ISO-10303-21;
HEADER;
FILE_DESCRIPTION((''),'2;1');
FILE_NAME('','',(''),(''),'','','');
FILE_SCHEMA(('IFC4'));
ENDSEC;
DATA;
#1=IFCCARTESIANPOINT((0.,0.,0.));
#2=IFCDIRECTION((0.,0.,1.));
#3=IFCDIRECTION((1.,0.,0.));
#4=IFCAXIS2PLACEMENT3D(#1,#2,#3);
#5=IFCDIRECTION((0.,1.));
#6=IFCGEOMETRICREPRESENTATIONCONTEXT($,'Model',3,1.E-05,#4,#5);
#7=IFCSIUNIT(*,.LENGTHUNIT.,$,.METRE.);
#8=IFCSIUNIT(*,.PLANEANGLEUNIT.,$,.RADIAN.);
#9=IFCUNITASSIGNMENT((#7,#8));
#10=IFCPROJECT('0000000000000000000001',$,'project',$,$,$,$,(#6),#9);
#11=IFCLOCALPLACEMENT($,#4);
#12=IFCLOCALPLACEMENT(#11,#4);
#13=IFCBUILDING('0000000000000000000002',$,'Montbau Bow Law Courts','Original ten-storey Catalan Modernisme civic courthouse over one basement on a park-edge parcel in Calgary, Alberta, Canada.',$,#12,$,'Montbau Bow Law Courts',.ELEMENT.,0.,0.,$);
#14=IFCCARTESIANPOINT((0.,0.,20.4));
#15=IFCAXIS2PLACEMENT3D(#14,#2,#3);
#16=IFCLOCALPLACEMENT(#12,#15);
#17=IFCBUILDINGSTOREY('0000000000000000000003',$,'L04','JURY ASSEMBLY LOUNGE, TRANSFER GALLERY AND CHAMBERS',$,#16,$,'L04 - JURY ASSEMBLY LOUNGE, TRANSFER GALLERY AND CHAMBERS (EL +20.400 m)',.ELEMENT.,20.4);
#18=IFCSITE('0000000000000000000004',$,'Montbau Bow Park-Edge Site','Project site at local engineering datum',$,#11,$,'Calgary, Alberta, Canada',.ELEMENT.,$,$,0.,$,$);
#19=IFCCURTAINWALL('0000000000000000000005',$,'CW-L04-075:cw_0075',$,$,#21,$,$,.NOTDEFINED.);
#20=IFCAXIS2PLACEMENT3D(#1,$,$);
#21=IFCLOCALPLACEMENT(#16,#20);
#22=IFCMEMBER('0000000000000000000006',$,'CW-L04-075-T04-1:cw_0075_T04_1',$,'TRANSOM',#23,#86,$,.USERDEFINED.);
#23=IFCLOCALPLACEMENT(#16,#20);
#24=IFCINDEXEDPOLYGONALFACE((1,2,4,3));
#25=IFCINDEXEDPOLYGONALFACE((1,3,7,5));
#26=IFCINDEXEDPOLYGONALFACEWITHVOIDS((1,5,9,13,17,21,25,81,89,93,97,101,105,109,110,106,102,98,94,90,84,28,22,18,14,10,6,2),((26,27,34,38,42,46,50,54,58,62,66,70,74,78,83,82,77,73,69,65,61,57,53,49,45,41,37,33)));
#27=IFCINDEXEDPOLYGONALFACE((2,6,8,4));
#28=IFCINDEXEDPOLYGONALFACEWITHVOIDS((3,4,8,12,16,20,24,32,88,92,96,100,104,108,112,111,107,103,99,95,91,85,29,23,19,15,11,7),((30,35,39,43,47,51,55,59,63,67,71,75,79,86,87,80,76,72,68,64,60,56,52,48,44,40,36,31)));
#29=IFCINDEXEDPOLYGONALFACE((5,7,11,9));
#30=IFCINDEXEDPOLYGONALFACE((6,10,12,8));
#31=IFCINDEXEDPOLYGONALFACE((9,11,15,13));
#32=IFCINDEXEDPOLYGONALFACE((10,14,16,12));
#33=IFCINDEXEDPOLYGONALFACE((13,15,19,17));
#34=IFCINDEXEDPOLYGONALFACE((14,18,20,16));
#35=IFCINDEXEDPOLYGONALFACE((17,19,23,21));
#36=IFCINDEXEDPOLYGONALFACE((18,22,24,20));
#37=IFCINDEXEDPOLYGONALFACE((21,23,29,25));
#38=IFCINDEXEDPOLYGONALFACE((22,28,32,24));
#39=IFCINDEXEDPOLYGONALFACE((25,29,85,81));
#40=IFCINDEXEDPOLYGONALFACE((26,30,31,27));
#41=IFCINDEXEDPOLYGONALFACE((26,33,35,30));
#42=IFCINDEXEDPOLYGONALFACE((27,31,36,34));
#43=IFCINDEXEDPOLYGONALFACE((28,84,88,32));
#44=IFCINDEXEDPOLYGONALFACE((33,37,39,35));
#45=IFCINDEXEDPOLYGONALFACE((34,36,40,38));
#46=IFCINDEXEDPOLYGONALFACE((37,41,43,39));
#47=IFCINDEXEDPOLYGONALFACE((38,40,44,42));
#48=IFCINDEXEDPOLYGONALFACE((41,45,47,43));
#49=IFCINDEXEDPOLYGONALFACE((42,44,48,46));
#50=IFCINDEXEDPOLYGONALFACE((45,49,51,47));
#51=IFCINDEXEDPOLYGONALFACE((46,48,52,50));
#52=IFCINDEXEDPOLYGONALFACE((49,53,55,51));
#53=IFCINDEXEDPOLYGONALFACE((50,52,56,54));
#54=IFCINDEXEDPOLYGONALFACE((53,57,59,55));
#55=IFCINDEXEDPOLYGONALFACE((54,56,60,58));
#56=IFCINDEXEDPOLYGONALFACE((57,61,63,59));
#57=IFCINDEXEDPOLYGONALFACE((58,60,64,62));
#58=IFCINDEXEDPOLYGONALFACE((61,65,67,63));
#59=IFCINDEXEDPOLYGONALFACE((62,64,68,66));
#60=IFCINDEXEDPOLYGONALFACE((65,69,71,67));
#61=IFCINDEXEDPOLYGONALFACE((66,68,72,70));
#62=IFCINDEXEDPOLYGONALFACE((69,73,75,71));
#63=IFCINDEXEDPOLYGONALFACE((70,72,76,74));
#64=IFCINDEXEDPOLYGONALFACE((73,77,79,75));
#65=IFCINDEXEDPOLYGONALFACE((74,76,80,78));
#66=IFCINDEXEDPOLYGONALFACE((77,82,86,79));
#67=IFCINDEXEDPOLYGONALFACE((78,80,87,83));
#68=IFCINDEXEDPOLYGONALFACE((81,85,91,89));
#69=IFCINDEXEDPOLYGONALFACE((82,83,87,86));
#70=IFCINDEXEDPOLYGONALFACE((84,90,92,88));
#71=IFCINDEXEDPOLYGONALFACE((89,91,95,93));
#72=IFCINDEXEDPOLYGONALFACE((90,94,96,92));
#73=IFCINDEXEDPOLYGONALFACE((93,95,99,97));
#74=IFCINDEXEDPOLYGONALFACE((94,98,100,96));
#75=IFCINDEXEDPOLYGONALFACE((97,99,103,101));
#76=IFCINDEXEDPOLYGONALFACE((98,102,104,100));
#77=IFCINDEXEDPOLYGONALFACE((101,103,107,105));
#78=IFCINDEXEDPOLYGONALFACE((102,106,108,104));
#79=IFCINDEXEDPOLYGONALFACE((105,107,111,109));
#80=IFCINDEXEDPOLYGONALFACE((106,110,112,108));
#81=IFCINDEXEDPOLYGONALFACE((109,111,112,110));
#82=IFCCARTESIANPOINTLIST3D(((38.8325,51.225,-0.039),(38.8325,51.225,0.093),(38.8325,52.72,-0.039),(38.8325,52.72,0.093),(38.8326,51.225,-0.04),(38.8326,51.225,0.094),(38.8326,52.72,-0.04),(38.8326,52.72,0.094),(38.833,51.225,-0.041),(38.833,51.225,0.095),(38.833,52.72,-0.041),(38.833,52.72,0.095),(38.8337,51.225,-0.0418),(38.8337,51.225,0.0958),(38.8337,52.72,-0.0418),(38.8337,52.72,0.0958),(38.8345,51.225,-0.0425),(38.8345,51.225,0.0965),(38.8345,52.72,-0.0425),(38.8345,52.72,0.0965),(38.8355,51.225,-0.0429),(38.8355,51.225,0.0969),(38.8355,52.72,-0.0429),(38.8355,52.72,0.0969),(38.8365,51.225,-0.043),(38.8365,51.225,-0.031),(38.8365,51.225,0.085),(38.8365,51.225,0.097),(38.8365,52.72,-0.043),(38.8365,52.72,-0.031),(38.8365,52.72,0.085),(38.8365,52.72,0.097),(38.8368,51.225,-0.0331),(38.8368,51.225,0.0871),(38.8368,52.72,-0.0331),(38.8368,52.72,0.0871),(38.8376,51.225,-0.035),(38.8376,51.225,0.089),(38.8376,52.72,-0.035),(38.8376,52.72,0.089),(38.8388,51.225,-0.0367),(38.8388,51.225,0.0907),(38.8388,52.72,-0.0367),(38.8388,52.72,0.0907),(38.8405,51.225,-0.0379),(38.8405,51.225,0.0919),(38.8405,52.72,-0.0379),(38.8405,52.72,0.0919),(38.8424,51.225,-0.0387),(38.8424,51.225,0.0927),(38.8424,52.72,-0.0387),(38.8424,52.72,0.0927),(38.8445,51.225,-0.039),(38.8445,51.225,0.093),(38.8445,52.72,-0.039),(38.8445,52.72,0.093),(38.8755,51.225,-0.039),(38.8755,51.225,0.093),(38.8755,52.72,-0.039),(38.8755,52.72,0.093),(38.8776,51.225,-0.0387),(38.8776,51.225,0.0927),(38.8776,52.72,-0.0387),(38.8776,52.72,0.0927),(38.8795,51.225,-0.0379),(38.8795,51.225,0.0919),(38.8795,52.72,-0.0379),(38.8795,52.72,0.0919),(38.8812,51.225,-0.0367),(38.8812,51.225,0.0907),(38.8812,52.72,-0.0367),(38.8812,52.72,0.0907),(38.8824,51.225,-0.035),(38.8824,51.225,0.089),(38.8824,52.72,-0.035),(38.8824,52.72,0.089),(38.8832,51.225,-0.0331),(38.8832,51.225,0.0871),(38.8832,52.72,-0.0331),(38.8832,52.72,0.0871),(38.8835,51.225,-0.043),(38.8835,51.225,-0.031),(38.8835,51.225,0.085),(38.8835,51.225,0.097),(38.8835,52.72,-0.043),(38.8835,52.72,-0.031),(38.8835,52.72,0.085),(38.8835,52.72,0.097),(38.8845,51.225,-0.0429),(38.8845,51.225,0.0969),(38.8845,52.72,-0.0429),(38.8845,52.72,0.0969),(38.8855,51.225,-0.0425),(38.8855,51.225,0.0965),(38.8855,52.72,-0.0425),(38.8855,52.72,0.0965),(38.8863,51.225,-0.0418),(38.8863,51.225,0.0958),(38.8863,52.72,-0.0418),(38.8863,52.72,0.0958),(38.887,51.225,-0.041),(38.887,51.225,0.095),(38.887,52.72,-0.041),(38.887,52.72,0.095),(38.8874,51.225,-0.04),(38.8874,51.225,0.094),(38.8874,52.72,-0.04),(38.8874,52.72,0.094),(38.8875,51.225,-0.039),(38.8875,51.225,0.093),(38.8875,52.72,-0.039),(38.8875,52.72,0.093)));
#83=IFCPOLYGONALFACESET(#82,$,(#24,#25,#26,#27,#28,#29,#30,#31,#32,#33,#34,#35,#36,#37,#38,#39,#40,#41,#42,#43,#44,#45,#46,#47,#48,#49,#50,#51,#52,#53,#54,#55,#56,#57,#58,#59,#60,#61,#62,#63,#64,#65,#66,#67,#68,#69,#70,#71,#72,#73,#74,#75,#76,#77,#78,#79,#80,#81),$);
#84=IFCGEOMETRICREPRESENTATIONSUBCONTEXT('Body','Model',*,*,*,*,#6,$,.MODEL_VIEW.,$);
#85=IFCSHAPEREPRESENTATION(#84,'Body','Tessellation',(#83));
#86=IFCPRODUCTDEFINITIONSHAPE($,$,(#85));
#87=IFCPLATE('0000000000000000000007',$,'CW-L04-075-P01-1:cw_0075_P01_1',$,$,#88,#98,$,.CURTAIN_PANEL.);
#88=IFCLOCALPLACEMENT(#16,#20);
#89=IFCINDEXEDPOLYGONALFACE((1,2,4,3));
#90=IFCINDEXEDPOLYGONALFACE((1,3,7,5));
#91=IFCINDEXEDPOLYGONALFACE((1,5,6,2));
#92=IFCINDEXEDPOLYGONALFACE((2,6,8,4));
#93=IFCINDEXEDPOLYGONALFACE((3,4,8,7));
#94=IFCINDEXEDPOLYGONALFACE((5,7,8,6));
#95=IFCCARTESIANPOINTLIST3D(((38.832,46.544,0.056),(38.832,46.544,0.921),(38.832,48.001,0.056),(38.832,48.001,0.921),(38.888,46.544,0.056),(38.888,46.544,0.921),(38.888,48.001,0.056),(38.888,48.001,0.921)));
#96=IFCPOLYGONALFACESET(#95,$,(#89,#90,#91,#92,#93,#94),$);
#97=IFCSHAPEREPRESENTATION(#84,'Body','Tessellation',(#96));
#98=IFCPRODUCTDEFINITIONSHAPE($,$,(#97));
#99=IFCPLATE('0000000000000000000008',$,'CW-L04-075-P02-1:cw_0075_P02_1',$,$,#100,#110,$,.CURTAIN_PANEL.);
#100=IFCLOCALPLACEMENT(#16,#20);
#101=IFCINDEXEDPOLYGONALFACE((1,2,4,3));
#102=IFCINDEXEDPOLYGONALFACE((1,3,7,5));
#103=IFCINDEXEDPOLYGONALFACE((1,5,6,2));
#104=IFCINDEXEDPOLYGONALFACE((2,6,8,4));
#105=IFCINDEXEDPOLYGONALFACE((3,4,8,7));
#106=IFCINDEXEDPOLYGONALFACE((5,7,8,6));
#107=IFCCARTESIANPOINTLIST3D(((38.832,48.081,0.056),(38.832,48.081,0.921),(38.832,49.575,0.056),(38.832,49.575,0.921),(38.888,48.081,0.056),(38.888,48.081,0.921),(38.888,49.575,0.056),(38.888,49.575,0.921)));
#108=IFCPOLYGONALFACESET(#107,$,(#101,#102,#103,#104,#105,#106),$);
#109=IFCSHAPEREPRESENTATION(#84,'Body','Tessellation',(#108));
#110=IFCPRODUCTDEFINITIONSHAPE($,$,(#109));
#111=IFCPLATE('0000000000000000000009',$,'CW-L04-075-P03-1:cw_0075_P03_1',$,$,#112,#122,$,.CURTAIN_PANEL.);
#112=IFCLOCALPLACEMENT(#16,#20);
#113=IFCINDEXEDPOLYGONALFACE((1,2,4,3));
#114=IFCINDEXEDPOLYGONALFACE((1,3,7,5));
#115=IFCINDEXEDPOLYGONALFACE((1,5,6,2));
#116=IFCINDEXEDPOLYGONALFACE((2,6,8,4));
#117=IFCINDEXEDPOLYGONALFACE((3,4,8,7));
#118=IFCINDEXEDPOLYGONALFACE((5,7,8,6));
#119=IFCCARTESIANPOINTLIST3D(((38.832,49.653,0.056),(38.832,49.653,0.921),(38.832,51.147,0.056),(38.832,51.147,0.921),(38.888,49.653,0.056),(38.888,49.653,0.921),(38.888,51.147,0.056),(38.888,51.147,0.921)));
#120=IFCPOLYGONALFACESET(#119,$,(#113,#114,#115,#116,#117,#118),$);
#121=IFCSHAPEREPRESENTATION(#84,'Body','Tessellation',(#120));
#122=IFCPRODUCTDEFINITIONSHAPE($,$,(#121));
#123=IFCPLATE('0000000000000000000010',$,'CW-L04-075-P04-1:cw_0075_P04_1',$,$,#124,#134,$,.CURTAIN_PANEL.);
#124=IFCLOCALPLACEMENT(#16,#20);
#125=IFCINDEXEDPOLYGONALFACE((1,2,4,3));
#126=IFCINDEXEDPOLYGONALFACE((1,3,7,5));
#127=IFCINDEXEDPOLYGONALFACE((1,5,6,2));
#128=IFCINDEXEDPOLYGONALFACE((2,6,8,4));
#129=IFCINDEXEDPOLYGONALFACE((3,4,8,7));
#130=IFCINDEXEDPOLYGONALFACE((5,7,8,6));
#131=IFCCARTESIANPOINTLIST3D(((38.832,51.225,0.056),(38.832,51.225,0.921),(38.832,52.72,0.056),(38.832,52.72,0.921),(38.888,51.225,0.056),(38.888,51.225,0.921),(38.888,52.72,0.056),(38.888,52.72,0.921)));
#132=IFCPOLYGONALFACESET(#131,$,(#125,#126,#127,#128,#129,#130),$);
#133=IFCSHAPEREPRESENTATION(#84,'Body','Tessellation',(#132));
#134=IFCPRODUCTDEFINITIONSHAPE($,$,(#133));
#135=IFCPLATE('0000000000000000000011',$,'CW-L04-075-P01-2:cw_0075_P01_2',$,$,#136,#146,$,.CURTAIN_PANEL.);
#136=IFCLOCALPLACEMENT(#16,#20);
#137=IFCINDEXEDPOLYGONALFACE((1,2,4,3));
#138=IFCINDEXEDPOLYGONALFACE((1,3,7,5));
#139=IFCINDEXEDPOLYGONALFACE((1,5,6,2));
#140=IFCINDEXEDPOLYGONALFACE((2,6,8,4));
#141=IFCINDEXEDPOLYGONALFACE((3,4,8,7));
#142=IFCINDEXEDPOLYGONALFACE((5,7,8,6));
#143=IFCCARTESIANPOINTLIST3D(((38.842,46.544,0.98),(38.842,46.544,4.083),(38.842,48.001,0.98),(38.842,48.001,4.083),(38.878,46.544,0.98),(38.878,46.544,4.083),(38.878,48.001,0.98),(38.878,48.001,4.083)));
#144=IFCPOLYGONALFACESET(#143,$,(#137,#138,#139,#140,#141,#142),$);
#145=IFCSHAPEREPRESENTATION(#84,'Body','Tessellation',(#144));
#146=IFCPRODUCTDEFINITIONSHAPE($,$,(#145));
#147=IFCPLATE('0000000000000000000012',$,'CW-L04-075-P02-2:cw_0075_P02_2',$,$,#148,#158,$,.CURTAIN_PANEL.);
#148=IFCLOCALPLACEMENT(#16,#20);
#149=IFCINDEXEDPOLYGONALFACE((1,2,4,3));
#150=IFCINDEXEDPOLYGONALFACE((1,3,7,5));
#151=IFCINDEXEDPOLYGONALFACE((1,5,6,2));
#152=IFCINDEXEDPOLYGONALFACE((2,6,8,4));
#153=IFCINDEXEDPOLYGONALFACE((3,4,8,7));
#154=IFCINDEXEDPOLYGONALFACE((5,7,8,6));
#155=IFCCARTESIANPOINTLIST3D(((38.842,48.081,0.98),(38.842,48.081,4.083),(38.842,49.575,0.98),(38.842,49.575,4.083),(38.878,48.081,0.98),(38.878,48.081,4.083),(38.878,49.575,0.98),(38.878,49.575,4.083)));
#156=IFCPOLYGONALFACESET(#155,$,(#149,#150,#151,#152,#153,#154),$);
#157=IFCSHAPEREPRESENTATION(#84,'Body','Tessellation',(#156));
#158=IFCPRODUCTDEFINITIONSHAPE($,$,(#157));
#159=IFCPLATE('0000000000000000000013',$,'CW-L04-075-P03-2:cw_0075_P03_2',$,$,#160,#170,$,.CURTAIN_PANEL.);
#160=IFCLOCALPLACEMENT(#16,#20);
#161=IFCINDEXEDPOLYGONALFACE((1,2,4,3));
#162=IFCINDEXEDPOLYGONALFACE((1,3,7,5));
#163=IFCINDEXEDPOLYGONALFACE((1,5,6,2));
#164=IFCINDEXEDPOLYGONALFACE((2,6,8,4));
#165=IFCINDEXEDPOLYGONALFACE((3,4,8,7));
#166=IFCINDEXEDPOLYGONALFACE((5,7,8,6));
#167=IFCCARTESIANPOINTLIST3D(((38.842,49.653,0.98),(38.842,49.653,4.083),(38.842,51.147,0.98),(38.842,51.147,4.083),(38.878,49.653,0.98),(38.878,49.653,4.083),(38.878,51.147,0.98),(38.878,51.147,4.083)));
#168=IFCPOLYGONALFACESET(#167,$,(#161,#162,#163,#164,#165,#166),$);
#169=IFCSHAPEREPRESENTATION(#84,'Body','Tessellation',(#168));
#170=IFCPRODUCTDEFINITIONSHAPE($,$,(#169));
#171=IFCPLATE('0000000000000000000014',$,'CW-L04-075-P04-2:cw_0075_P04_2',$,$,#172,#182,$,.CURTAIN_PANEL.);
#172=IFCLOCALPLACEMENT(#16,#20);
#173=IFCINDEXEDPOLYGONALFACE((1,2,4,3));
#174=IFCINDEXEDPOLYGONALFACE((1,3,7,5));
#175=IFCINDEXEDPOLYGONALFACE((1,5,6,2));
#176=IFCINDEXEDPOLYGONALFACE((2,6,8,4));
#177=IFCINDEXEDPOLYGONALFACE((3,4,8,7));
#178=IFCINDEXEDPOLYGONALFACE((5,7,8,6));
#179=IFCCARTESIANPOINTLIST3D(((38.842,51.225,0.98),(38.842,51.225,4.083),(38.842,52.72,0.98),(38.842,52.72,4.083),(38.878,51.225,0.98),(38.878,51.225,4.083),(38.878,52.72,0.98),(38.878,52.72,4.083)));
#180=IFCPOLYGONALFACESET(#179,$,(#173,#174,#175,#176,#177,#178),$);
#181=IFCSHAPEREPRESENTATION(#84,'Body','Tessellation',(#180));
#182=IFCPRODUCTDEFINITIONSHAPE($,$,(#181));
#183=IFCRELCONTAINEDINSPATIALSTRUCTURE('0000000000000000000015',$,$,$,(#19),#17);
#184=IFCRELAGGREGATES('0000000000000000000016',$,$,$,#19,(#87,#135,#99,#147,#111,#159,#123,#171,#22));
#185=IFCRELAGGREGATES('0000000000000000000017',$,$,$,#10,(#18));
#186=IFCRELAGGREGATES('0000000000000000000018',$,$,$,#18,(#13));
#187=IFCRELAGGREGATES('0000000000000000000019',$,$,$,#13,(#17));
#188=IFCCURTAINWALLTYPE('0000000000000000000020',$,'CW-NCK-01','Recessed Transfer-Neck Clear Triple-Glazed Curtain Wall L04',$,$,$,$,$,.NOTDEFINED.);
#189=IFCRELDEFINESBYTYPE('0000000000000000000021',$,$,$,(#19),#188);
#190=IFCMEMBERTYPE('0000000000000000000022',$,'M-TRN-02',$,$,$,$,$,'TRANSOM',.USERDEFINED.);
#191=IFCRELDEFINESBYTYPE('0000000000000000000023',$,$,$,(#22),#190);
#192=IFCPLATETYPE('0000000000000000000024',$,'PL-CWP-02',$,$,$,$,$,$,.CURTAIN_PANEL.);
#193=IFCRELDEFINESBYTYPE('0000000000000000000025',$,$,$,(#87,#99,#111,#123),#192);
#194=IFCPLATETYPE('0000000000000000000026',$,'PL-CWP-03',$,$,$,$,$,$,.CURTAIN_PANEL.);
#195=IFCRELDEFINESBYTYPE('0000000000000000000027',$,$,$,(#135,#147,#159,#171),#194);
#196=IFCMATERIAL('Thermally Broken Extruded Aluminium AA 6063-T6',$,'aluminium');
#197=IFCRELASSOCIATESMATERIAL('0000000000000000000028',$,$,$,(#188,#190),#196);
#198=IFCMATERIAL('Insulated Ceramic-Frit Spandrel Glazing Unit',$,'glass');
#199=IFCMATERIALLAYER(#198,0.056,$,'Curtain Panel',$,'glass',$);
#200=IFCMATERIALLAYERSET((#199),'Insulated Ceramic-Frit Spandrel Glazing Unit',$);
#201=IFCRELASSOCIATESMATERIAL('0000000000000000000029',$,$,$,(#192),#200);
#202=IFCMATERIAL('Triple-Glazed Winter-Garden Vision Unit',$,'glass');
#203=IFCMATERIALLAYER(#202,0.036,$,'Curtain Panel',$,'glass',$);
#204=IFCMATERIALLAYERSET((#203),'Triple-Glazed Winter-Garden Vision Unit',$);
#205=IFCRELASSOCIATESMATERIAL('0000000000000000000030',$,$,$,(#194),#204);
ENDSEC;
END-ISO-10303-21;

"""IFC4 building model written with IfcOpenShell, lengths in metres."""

from ifc_helpers import new_model, si_unit, direction, frame, frame_2d, origin_with_axes, origin_2d_with_axis, place, context, subcontext, project, spatial, rectangle, hollow_rectangle, extrude, material, layer, layer_set, material_profile, profile_set, type_object, element, aggregate, save


model = new_model("IFC4")

# Units and contexts
model_context = context("Model", 3, precision=1e-05, world=origin_with_axes(), true_north=direction((0.0, 1.0)))
body_context = subcontext(model_context, "Body", "Model", "MODEL_VIEW")
ifc_project = project(units=[si_unit("LENGTHUNIT", "METRE"), si_unit("PLANEANGLEUNIT", "RADIAN")], contexts=[model_context])

# Site, building, storey
site_placement = place(None, origin_with_axes())
site = spatial("IfcSite", under=ifc_project, at=site_placement, Name="Montbau Bow Park-Edge Site", Description="Project site at local engineering datum", LongName="Calgary, Alberta, Canada", CompositionType="ELEMENT", RefElevation=0.0)
building_placement = place(site_placement, origin_with_axes())
building = spatial("IfcBuilding", under=site, at=building_placement, Name="Montbau Bow Law Courts", Description="Original ten-storey Catalan Modernisme civic courthouse over one basement on a park-edge parcel in Calgary, Alberta, Canada.", LongName="Montbau Bow Law Courts", CompositionType="ELEMENT", ElevationOfRefHeight=0.0, ElevationOfTerrain=0.0)
storey_placement = place(building_placement, frame((0.0, 0.0, 20.4), z_axis=(0.0, 0.0, 1.0), x_axis=(1.0, 0.0, 0.0)))
storey = spatial("IfcBuildingStorey", under=building, at=storey_placement, Name="L04", Description="JURY ASSEMBLY LOUNGE, TRANSFER GALLERY AND CHAMBERS", LongName="L04 - JURY ASSEMBLY LOUNGE, TRANSFER GALLERY AND CHAMBERS (EL +20.400 m)", CompositionType="ELEMENT", Elevation=20.4)

# Curtain wall
ifc_material_1 = material(Name="Thermally Broken Extruded Aluminium AA 6063-T6", Category="aluminium")
curtain_wall_type = type_object("IfcCurtainWallType", Name="CW-NCK-01", Description="Recessed Transfer-Neck Clear Triple-Glazed Curtain Wall L04", PredefinedType="NOTDEFINED", material=ifc_material_1)
curtain_wall_1_placement = place(None, frame((38.86, 46.468, 20.4), z_axis=(0.0, 0.0, 1.0), x_axis=(1.0, 0.0, 0.0)))
curtain_wall_1 = element("IfcCurtainWall", 1, at=curtain_wall_1_placement, inside=storey, type_object=curtain_wall_type, Name="CW-L04-075:cw_0075", PredefinedType="NOTDEFINED")

# Member
ifc_material_profile_1 = material_profile(ifc_material_1, hollow_rectangle(XDim=0.055, YDim=0.14, WallThickness=0.004, InnerFilletRadius=0.008, OuterFilletRadius=0.004, at=origin_2d_with_axis()), Name="CWT-140X55", Category="Main", Priority=0)
ifc_profile_set_1 = profile_set([ifc_material_profile_1], Name="Thermally Broken Extruded Aluminium AA 6063-T6")
member_type_1 = type_object("IfcMemberType", Name="M-TRN-02", ElementType="TRANSOM", PredefinedType="USERDEFINED", material=ifc_profile_set_1)
member_1_placement = place(None, frame((38.86, 51.225, 20.427), z_axis=(0.0, 1.0, 0.0), x_axis=(-1.0, 0.0, 0.0)))
member_1 = element("IfcMember", 2, at=member_1_placement, type_object=member_type_1, Name="CW-L04-075-T04-1:cw_0075_T04_1", ObjectType="TRANSOM", PredefinedType="USERDEFINED", context=body_context, shape_type="SweptSolid", body=[
    extrude(hollow_rectangle(XDim=0.055, YDim=0.14, WallThickness=0.004, InnerFilletRadius=0.008, OuterFilletRadius=0.004, at=origin_2d_with_axis()), origin_with_axes(), (0.0, 0.0, 1.0), 1.495),
])

# Plates
ifc_material_2 = material(Name="Insulated Ceramic-Frit Spandrel Glazing Unit", Category="glass")
ifc_layer_1 = layer(ifc_material_2, 0.056, Name="Curtain Panel", Category="glass")
ifc_layer_set_1 = layer_set([ifc_layer_1], Name="Insulated Ceramic-Frit Spandrel Glazing Unit")
plate_type_1 = type_object("IfcPlateType", Name="PL-CWP-02", PredefinedType="CURTAIN_PANEL", material=ifc_layer_set_1)
plate_1_placement = place(None, frame((38.86, 46.544, 20.456), z_axis=(1.0, 0.0, 0.0), x_axis=(0.0, 1.0, 0.0)))
plate_1 = element("IfcPlate", 3, at=plate_1_placement, type_object=plate_type_1, Name="CW-L04-075-P01-1:cw_0075_P01_1", PredefinedType="CURTAIN_PANEL", context=body_context, shape_type="SweptSolid", body=[
    extrude(rectangle(XDim=1.457, YDim=0.865, at=frame_2d((0.7285, 0.4325), x_axis=(1.0, 0.0))), frame((0.0, 0.0, -0.028), z_axis=(0.0, 0.0, 1.0), x_axis=(1.0, 0.0, 0.0)), (0.0, 0.0, 1.0), 0.056),
])
plate_2_placement = place(None, frame((38.86, 48.081, 20.456), z_axis=(1.0, 0.0, 0.0), x_axis=(0.0, 1.0, 0.0)))
plate_2 = element("IfcPlate", 4, at=plate_2_placement, type_object=plate_type_1, Name="CW-L04-075-P02-1:cw_0075_P02_1", PredefinedType="CURTAIN_PANEL", context=body_context, shape_type="SweptSolid", body=[
    extrude(rectangle(XDim=1.494, YDim=0.865, at=frame_2d((0.747, 0.4325), x_axis=(1.0, 0.0))), frame((0.0, 0.0, -0.028), z_axis=(0.0, 0.0, 1.0), x_axis=(1.0, 0.0, 0.0)), (0.0, 0.0, 1.0), 0.056),
])
plate_3_placement = place(None, frame((38.86, 49.653, 20.456), z_axis=(1.0, 0.0, 0.0), x_axis=(0.0, 1.0, 0.0)))
plate_3 = element("IfcPlate", 5, at=plate_3_placement, type_object=plate_type_1, Name="CW-L04-075-P03-1:cw_0075_P03_1", PredefinedType="CURTAIN_PANEL", context=body_context, shape_type="SweptSolid", body=[
    extrude(rectangle(XDim=1.494, YDim=0.865, at=frame_2d((0.747, 0.4325), x_axis=(1.0, 0.0))), frame((0.0, 0.0, -0.028), z_axis=(0.0, 0.0, 1.0), x_axis=(1.0, 0.0, 0.0)), (0.0, 0.0, 1.0), 0.056),
])
plate_4_placement = place(None, frame((38.86, 51.225, 20.456), z_axis=(1.0, 0.0, 0.0), x_axis=(0.0, 1.0, 0.0)))
plate_4 = element("IfcPlate", 6, at=plate_4_placement, type_object=plate_type_1, Name="CW-L04-075-P04-1:cw_0075_P04_1", PredefinedType="CURTAIN_PANEL", context=body_context, shape_type="SweptSolid", body=[
    extrude(rectangle(XDim=1.495, YDim=0.865, at=frame_2d((0.7475, 0.4325), x_axis=(1.0, 0.0))), frame((0.0, 0.0, -0.028), z_axis=(0.0, 0.0, 1.0), x_axis=(1.0, 0.0, 0.0)), (0.0, 0.0, 1.0), 0.056),
])
ifc_material_3 = material(Name="Triple-Glazed Winter-Garden Vision Unit", Category="glass")
ifc_layer_2 = layer(ifc_material_3, 0.036, Name="Curtain Panel", Category="glass")
ifc_layer_set_2 = layer_set([ifc_layer_2], Name="Triple-Glazed Winter-Garden Vision Unit")
plate_type_2 = type_object("IfcPlateType", Name="PL-CWP-03", PredefinedType="CURTAIN_PANEL", material=ifc_layer_set_2)
plate_5_placement = place(None, frame((38.86, 46.544, 21.38), z_axis=(1.0, 0.0, 0.0), x_axis=(0.0, 1.0, 0.0)))
plate_5 = element("IfcPlate", 7, at=plate_5_placement, type_object=plate_type_2, Name="CW-L04-075-P01-2:cw_0075_P01_2", PredefinedType="CURTAIN_PANEL", context=body_context, shape_type="SweptSolid", body=[
    extrude(rectangle(XDim=1.457, YDim=3.103, at=frame_2d((0.7285, 1.5515), x_axis=(1.0, 0.0))), frame((0.0, 0.0, -0.018), z_axis=(0.0, 0.0, 1.0), x_axis=(1.0, 0.0, 0.0)), (0.0, 0.0, 1.0), 0.036),
])
plate_6_placement = place(None, frame((38.86, 48.081, 21.38), z_axis=(1.0, 0.0, 0.0), x_axis=(0.0, 1.0, 0.0)))
plate_6 = element("IfcPlate", 8, at=plate_6_placement, type_object=plate_type_2, Name="CW-L04-075-P02-2:cw_0075_P02_2", PredefinedType="CURTAIN_PANEL", context=body_context, shape_type="SweptSolid", body=[
    extrude(rectangle(XDim=1.494, YDim=3.103, at=frame_2d((0.747, 1.5515), x_axis=(1.0, 0.0))), frame((0.0, 0.0, -0.018), z_axis=(0.0, 0.0, 1.0), x_axis=(1.0, 0.0, 0.0)), (0.0, 0.0, 1.0), 0.036),
])
plate_7_placement = place(None, frame((38.86, 49.653, 21.38), z_axis=(1.0, 0.0, 0.0), x_axis=(0.0, 1.0, 0.0)))
plate_7 = element("IfcPlate", 9, at=plate_7_placement, type_object=plate_type_2, Name="CW-L04-075-P03-2:cw_0075_P03_2", PredefinedType="CURTAIN_PANEL", context=body_context, shape_type="SweptSolid", body=[
    extrude(rectangle(XDim=1.494, YDim=3.103, at=frame_2d((0.747, 1.5515), x_axis=(1.0, 0.0))), frame((0.0, 0.0, -0.018), z_axis=(0.0, 0.0, 1.0), x_axis=(1.0, 0.0, 0.0)), (0.0, 0.0, 1.0), 0.036),
])
plate_8_placement = place(None, frame((38.86, 51.225, 21.38), z_axis=(1.0, 0.0, 0.0), x_axis=(0.0, 1.0, 0.0)))
plate_8 = element("IfcPlate", 10, at=plate_8_placement, type_object=plate_type_2, Name="CW-L04-075-P04-2:cw_0075_P04_2", PredefinedType="CURTAIN_PANEL", context=body_context, shape_type="SweptSolid", body=[
    extrude(rectangle(XDim=1.495, YDim=3.103, at=frame_2d((0.7475, 1.5515), x_axis=(1.0, 0.0))), frame((0.0, 0.0, -0.018), z_axis=(0.0, 0.0, 1.0), x_axis=(1.0, 0.0, 0.0)), (0.0, 0.0, 1.0), 0.036),
])
aggregate(curtain_wall_1, [plate_1, plate_5, plate_2, plate_6, plate_3, plate_7, plate_4, plate_8, member_1])

save(model, "model.ifc")
